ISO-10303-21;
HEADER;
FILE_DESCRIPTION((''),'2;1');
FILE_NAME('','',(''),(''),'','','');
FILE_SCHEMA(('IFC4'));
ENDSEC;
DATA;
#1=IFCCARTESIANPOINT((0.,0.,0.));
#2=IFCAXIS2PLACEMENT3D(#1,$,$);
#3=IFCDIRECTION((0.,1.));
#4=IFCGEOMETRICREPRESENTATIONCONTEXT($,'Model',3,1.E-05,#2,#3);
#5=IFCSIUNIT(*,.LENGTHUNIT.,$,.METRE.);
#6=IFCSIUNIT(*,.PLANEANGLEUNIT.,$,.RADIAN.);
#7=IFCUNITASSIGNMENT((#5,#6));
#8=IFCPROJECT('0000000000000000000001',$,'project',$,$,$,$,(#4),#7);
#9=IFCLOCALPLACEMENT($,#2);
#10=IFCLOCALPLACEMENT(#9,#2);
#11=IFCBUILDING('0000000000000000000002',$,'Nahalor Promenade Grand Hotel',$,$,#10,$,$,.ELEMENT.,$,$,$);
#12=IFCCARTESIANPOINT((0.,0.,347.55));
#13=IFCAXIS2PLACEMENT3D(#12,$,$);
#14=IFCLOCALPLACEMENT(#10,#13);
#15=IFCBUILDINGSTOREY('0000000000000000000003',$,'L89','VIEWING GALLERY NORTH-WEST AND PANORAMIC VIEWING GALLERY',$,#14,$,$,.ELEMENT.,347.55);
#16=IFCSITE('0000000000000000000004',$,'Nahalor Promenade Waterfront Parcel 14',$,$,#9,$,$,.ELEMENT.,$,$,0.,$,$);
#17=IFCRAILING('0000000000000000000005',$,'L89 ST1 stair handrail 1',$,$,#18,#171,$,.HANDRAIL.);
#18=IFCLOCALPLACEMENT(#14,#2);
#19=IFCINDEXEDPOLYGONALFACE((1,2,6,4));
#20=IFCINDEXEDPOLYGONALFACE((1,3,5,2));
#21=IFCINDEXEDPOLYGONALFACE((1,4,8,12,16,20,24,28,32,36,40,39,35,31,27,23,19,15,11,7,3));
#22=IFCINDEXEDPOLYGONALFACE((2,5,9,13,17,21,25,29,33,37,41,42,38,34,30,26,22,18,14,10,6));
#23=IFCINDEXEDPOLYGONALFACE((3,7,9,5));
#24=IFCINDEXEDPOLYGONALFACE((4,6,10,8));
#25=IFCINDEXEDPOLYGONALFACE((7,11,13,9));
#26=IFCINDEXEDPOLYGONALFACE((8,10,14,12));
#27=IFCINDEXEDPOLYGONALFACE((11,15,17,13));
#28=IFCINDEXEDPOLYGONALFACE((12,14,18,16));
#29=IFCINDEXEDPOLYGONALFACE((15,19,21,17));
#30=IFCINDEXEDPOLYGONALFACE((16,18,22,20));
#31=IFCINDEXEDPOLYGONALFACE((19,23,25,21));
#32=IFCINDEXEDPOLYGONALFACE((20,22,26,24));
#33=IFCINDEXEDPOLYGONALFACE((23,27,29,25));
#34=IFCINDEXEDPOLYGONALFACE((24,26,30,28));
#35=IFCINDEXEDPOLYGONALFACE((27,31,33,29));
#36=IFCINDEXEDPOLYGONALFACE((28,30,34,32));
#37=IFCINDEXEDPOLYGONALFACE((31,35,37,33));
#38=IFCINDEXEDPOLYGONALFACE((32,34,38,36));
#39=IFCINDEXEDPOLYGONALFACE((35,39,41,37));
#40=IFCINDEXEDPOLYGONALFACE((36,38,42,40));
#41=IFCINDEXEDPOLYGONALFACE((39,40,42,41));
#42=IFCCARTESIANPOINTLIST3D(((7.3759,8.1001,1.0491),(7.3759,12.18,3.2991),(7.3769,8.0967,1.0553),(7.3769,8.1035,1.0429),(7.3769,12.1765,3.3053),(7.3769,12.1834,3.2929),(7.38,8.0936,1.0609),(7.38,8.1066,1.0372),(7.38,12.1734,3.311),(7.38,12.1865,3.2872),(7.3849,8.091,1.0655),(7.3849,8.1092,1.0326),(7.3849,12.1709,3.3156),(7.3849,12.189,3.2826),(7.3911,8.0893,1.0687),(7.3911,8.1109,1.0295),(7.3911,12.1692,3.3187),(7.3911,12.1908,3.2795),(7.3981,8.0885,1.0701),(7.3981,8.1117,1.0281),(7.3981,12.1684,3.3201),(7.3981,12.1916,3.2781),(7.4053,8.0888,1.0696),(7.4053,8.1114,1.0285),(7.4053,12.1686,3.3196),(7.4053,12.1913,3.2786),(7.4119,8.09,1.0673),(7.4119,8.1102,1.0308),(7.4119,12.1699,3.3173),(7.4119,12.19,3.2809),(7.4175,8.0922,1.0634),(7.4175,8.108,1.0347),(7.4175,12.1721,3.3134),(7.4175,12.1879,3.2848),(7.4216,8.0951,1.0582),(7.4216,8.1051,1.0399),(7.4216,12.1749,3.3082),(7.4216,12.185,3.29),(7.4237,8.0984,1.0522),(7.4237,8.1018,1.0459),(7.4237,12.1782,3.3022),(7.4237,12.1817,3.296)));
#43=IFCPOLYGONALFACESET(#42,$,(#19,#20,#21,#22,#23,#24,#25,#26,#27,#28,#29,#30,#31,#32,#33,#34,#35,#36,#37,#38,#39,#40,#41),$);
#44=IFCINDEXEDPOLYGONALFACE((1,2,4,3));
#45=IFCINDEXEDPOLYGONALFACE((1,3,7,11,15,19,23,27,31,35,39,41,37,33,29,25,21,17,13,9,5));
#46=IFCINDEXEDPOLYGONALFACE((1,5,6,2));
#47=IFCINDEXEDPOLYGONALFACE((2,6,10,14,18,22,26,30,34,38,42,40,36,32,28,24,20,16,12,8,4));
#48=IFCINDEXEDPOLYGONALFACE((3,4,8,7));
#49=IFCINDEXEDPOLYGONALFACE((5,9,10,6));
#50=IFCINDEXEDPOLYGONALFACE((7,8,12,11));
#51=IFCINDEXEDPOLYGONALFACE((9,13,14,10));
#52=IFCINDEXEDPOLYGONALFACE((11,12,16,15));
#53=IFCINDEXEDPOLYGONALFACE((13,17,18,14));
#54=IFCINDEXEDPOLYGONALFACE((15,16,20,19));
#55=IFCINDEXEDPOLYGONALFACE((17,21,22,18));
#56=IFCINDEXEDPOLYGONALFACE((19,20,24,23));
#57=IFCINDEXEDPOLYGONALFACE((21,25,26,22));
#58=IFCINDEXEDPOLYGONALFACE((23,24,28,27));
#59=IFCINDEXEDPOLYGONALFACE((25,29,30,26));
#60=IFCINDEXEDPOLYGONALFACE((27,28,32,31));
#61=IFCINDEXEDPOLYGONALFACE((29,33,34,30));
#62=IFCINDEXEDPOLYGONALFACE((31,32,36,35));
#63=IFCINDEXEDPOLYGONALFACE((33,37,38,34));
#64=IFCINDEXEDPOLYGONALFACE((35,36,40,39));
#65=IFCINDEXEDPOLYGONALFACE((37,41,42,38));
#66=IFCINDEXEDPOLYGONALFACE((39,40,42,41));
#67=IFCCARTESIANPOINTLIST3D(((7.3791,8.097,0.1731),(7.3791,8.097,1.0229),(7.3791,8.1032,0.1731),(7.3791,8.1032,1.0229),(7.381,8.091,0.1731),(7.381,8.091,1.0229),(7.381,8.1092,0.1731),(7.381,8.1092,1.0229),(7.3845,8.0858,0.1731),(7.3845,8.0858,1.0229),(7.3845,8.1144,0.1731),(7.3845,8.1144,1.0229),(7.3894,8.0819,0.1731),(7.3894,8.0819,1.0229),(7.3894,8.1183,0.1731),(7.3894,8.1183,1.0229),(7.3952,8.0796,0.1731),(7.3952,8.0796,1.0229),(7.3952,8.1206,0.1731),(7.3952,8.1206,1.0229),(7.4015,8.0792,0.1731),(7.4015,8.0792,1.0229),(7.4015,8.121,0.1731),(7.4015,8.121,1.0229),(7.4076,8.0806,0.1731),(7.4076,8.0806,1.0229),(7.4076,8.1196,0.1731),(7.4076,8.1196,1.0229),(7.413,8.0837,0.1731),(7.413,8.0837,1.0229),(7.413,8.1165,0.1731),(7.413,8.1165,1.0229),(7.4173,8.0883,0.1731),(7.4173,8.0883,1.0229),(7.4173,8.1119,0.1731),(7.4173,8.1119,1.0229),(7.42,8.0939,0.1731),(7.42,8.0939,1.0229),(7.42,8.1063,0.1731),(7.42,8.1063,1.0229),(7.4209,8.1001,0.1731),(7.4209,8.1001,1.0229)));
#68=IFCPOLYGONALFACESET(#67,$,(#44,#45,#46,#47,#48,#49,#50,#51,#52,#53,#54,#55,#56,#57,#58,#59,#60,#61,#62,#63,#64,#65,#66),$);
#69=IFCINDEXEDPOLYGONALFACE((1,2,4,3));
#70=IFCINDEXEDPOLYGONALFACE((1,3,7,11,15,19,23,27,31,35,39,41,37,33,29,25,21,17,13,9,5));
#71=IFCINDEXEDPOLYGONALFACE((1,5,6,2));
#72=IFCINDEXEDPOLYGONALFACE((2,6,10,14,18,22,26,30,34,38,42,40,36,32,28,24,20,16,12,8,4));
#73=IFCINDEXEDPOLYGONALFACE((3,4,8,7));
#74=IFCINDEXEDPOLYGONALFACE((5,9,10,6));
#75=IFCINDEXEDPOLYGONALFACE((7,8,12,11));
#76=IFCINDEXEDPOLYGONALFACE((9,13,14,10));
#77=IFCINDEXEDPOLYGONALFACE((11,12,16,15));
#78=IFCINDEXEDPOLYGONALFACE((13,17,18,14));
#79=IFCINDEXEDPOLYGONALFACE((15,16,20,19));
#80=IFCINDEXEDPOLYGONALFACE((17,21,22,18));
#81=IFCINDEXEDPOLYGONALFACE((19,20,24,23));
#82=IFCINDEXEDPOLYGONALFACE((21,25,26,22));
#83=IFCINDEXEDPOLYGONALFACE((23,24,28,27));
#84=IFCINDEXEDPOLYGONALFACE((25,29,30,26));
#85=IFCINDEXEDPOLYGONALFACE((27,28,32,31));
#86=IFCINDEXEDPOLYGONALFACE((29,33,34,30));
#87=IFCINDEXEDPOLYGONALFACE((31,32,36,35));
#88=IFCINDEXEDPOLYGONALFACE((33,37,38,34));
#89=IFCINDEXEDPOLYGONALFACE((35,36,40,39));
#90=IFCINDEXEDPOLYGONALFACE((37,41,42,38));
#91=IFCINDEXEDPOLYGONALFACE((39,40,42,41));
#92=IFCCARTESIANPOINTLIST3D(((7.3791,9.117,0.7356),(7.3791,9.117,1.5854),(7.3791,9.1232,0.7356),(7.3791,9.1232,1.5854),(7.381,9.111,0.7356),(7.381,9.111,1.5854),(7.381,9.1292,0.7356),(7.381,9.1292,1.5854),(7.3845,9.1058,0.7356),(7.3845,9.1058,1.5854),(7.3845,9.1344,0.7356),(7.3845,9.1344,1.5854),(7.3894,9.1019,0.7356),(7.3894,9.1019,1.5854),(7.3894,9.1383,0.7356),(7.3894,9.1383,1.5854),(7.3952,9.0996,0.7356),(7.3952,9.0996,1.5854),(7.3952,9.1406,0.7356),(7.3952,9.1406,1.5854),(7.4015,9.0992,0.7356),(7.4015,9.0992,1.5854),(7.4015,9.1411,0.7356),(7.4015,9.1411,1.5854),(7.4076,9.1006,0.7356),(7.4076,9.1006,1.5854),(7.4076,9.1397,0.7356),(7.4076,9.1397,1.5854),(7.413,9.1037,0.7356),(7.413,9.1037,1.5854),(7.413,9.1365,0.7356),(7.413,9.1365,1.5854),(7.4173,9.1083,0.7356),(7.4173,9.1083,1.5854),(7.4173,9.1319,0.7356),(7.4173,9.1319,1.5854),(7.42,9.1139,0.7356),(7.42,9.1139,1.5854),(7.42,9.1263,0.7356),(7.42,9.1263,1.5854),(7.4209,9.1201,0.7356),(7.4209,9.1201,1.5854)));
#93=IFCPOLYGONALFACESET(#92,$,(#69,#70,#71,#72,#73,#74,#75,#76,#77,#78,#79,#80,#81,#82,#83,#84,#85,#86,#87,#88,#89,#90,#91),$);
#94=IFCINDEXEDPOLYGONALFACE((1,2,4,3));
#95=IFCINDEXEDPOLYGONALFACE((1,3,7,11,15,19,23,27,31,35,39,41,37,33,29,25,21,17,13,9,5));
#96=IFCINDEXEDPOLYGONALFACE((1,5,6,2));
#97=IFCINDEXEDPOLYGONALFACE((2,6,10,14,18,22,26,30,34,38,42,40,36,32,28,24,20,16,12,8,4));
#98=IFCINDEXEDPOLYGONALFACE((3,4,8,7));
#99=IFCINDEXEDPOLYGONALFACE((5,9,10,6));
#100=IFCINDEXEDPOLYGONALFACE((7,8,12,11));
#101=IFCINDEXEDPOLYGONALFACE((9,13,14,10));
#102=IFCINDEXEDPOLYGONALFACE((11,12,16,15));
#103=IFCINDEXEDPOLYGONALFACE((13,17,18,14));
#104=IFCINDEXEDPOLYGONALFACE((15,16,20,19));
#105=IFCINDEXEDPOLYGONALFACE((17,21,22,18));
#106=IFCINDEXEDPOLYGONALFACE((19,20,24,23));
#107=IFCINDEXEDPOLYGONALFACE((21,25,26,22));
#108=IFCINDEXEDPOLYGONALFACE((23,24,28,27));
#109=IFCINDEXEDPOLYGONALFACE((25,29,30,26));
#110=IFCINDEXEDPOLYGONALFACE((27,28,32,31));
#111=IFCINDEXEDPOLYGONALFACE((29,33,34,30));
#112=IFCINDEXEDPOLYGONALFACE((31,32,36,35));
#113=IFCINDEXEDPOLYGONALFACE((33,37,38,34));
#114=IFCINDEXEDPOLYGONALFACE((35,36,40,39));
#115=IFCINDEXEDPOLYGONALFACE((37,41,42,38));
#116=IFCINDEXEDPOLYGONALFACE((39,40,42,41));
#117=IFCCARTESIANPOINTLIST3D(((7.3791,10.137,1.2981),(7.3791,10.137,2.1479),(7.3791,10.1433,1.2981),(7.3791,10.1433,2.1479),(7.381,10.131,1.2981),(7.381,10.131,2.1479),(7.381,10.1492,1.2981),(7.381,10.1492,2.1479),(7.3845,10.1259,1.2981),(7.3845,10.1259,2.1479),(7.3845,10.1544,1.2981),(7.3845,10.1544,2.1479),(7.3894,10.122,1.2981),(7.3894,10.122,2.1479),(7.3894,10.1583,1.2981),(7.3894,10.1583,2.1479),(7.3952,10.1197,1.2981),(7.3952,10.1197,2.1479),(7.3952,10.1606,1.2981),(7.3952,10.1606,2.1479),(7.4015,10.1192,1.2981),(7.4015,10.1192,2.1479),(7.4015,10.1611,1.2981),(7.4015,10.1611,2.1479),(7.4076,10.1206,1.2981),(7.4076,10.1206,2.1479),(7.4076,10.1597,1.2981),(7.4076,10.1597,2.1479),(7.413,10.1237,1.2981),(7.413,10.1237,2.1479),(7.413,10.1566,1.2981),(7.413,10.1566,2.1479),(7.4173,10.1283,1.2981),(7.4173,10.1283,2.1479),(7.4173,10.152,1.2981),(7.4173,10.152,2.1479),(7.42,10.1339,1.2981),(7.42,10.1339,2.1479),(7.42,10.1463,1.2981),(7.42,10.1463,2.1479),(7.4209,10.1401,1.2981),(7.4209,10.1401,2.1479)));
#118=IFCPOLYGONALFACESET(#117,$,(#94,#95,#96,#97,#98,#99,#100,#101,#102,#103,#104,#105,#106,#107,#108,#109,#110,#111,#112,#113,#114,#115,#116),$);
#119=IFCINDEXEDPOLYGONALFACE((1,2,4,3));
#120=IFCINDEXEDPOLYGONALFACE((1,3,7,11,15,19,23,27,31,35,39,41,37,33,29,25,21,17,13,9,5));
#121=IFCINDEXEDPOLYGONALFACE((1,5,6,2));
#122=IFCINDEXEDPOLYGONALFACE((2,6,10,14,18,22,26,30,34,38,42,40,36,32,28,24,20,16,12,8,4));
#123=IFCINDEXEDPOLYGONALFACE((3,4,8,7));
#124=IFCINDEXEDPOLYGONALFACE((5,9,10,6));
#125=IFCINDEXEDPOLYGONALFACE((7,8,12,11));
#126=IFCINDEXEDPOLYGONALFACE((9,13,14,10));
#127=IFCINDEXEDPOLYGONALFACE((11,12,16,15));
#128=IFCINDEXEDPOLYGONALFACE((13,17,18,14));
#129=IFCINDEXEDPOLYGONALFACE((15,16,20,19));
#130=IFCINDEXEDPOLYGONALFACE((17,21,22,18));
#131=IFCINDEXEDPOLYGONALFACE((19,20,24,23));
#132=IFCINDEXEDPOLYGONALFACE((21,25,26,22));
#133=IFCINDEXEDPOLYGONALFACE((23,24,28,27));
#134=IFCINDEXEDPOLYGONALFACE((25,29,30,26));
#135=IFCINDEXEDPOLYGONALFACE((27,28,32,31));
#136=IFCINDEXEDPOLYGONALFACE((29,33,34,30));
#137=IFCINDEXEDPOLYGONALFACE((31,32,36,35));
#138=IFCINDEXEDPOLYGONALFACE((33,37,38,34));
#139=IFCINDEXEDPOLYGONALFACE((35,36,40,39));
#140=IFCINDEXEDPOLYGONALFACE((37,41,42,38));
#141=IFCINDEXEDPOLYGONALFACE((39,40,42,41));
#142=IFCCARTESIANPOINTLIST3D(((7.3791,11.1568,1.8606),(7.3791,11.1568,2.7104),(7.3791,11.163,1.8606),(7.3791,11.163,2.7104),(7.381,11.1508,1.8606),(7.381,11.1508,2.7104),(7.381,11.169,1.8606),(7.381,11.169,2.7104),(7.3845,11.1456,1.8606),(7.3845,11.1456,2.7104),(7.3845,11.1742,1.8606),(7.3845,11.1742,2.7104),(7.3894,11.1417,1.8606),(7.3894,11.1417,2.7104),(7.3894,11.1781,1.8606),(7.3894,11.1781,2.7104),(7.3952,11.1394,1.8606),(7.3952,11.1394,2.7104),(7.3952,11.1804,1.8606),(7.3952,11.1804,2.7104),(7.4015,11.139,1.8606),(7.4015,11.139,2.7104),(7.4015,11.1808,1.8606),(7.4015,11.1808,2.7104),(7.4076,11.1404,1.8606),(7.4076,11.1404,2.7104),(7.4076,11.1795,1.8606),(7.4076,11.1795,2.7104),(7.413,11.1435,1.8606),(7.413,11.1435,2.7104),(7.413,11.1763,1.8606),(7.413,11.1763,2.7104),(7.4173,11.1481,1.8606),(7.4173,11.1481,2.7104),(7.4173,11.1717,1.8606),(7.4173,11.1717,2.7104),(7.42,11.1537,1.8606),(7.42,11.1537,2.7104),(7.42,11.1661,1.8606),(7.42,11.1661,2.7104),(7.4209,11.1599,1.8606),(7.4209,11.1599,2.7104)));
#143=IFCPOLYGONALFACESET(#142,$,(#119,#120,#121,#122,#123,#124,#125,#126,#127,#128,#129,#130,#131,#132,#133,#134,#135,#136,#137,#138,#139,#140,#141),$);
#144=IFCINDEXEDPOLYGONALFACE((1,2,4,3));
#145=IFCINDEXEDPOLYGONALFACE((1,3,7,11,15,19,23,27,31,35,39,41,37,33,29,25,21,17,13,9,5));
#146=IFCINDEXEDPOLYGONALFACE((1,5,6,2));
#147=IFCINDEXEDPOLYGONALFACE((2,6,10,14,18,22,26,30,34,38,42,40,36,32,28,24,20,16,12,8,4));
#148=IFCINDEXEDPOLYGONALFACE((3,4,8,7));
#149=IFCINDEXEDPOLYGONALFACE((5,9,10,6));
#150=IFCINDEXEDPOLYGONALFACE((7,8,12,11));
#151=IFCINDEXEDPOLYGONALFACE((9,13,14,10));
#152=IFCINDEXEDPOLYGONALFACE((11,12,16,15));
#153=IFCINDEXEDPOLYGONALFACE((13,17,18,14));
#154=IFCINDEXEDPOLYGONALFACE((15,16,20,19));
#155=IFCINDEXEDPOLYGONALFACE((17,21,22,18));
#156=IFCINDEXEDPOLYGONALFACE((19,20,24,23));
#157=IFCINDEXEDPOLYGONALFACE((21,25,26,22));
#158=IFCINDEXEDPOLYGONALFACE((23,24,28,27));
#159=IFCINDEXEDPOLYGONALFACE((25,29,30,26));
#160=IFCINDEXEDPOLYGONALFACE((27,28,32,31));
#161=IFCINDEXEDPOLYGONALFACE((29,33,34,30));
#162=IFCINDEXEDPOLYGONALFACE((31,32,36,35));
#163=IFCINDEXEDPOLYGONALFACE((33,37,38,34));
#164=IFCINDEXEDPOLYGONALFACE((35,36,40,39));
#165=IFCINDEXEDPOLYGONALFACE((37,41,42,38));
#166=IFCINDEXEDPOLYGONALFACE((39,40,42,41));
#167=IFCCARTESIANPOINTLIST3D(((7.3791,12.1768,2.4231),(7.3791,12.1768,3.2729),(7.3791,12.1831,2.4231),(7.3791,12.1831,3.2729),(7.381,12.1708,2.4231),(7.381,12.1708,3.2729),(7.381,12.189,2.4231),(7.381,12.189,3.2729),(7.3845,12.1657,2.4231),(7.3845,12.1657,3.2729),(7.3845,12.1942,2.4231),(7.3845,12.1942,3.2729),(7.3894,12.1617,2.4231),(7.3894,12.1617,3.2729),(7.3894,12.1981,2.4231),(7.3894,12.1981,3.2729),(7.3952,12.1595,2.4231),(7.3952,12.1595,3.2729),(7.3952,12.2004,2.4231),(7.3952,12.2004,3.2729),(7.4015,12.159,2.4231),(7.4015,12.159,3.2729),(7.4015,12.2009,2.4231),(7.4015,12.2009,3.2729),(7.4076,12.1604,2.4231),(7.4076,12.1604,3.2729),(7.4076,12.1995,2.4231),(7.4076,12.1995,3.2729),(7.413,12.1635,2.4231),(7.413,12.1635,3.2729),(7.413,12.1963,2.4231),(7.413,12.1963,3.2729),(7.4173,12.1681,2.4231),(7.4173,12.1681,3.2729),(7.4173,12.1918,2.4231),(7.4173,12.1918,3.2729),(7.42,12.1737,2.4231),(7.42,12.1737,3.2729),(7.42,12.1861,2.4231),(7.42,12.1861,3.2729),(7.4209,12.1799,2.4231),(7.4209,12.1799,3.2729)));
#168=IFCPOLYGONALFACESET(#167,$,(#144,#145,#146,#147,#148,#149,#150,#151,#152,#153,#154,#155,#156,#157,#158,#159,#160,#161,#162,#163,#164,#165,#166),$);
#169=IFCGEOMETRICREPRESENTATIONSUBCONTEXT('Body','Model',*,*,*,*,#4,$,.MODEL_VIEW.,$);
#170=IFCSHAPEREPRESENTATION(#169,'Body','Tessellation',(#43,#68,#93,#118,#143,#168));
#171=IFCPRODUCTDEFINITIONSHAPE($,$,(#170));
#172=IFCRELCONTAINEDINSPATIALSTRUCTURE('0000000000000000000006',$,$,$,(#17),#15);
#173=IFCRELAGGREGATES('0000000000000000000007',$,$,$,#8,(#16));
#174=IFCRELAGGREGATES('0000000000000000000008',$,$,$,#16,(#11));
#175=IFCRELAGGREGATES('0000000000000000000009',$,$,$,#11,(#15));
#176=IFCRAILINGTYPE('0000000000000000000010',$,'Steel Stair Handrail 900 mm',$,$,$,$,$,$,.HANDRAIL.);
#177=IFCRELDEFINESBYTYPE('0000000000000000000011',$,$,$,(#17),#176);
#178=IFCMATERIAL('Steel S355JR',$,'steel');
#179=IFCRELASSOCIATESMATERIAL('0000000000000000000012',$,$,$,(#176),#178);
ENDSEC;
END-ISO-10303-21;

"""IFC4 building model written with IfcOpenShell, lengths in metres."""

from ifc_helpers import new_model, si_unit, direction, frame, origin, origin_2d, place, context, subcontext, project, spatial, circle, extrude, material, type_object, element, save


model = new_model("IFC4")

# Units and contexts
model_context = context("Model", 3, precision=1e-05, world=origin(), true_north=direction((0.0, 1.0)))
body_context = subcontext(model_context, "Body", "Model", "MODEL_VIEW")
ifc_project = project(units=[si_unit("LENGTHUNIT", "METRE"), si_unit("PLANEANGLEUNIT", "RADIAN")], contexts=[model_context])

# Site, building, storey
site_placement = place(None, origin())
site = spatial("IfcSite", under=ifc_project, at=site_placement, Name="Nahalor Promenade Waterfront Parcel 14", CompositionType="ELEMENT", RefElevation=0.0)
building_placement = place(site_placement, origin())
building = spatial("IfcBuilding", under=site, at=building_placement, Name="Nahalor Promenade Grand Hotel", CompositionType="ELEMENT")
storey_placement = place(building_placement, frame((0.0, 0.0, 347.55)))
storey = spatial("IfcBuildingStorey", under=building, at=storey_placement, Name="L89", Description="VIEWING GALLERY NORTH-WEST AND PANORAMIC VIEWING GALLERY", CompositionType="ELEMENT", Elevation=347.55)

# Shared definitions
ifc_material_1 = material(Name="Steel S355JR", Category="steel")

# Railing
railing_type_1 = type_object("IfcRailingType", Name="Steel Stair Handrail 900 mm", PredefinedType="HANDRAIL", material=ifc_material_1)
railing_1_placement = place(storey_placement, frame((7.3999, 8.1001, 0.1731)))
element("IfcRailing", 1, at=railing_1_placement, inside=storey, type_object=railing_type_1, Name="L89 ST1 stair handrail 1", PredefinedType="HANDRAIL", context=body_context, shape_type="SweptSolid", body=[
    extrude(circle(Radius=0.024, at=origin_2d()), frame((0.0, 0.0, 0.876), z_axis=(0.0, 0.875663, 0.482922), x_axis=(-1.0, 0.0, 0.0)), (0.0, 0.0, 1.0), 4.6592),
    extrude(circle(Radius=0.021, at=origin_2d()), origin(), (0.0, 0.0, 1.0), 0.8499),
    extrude(circle(Radius=0.021, at=origin_2d()), frame((0.0, 1.02, 0.5625)), (0.0, 0.0, 1.0), 0.8499),
    extrude(circle(Radius=0.021, at=origin_2d()), frame((0.0, 2.04, 1.125)), (0.0, 0.0, 1.0), 0.8499),
    extrude(circle(Radius=0.021, at=origin_2d()), frame((0.0, 3.0598, 1.6875)), (0.0, 0.0, 1.0), 0.8499),
    extrude(circle(Radius=0.021, at=origin_2d()), frame((0.0, 4.0798, 2.25)), (0.0, 0.0, 1.0), 0.8499),
])

save(model, "model.ifc")
